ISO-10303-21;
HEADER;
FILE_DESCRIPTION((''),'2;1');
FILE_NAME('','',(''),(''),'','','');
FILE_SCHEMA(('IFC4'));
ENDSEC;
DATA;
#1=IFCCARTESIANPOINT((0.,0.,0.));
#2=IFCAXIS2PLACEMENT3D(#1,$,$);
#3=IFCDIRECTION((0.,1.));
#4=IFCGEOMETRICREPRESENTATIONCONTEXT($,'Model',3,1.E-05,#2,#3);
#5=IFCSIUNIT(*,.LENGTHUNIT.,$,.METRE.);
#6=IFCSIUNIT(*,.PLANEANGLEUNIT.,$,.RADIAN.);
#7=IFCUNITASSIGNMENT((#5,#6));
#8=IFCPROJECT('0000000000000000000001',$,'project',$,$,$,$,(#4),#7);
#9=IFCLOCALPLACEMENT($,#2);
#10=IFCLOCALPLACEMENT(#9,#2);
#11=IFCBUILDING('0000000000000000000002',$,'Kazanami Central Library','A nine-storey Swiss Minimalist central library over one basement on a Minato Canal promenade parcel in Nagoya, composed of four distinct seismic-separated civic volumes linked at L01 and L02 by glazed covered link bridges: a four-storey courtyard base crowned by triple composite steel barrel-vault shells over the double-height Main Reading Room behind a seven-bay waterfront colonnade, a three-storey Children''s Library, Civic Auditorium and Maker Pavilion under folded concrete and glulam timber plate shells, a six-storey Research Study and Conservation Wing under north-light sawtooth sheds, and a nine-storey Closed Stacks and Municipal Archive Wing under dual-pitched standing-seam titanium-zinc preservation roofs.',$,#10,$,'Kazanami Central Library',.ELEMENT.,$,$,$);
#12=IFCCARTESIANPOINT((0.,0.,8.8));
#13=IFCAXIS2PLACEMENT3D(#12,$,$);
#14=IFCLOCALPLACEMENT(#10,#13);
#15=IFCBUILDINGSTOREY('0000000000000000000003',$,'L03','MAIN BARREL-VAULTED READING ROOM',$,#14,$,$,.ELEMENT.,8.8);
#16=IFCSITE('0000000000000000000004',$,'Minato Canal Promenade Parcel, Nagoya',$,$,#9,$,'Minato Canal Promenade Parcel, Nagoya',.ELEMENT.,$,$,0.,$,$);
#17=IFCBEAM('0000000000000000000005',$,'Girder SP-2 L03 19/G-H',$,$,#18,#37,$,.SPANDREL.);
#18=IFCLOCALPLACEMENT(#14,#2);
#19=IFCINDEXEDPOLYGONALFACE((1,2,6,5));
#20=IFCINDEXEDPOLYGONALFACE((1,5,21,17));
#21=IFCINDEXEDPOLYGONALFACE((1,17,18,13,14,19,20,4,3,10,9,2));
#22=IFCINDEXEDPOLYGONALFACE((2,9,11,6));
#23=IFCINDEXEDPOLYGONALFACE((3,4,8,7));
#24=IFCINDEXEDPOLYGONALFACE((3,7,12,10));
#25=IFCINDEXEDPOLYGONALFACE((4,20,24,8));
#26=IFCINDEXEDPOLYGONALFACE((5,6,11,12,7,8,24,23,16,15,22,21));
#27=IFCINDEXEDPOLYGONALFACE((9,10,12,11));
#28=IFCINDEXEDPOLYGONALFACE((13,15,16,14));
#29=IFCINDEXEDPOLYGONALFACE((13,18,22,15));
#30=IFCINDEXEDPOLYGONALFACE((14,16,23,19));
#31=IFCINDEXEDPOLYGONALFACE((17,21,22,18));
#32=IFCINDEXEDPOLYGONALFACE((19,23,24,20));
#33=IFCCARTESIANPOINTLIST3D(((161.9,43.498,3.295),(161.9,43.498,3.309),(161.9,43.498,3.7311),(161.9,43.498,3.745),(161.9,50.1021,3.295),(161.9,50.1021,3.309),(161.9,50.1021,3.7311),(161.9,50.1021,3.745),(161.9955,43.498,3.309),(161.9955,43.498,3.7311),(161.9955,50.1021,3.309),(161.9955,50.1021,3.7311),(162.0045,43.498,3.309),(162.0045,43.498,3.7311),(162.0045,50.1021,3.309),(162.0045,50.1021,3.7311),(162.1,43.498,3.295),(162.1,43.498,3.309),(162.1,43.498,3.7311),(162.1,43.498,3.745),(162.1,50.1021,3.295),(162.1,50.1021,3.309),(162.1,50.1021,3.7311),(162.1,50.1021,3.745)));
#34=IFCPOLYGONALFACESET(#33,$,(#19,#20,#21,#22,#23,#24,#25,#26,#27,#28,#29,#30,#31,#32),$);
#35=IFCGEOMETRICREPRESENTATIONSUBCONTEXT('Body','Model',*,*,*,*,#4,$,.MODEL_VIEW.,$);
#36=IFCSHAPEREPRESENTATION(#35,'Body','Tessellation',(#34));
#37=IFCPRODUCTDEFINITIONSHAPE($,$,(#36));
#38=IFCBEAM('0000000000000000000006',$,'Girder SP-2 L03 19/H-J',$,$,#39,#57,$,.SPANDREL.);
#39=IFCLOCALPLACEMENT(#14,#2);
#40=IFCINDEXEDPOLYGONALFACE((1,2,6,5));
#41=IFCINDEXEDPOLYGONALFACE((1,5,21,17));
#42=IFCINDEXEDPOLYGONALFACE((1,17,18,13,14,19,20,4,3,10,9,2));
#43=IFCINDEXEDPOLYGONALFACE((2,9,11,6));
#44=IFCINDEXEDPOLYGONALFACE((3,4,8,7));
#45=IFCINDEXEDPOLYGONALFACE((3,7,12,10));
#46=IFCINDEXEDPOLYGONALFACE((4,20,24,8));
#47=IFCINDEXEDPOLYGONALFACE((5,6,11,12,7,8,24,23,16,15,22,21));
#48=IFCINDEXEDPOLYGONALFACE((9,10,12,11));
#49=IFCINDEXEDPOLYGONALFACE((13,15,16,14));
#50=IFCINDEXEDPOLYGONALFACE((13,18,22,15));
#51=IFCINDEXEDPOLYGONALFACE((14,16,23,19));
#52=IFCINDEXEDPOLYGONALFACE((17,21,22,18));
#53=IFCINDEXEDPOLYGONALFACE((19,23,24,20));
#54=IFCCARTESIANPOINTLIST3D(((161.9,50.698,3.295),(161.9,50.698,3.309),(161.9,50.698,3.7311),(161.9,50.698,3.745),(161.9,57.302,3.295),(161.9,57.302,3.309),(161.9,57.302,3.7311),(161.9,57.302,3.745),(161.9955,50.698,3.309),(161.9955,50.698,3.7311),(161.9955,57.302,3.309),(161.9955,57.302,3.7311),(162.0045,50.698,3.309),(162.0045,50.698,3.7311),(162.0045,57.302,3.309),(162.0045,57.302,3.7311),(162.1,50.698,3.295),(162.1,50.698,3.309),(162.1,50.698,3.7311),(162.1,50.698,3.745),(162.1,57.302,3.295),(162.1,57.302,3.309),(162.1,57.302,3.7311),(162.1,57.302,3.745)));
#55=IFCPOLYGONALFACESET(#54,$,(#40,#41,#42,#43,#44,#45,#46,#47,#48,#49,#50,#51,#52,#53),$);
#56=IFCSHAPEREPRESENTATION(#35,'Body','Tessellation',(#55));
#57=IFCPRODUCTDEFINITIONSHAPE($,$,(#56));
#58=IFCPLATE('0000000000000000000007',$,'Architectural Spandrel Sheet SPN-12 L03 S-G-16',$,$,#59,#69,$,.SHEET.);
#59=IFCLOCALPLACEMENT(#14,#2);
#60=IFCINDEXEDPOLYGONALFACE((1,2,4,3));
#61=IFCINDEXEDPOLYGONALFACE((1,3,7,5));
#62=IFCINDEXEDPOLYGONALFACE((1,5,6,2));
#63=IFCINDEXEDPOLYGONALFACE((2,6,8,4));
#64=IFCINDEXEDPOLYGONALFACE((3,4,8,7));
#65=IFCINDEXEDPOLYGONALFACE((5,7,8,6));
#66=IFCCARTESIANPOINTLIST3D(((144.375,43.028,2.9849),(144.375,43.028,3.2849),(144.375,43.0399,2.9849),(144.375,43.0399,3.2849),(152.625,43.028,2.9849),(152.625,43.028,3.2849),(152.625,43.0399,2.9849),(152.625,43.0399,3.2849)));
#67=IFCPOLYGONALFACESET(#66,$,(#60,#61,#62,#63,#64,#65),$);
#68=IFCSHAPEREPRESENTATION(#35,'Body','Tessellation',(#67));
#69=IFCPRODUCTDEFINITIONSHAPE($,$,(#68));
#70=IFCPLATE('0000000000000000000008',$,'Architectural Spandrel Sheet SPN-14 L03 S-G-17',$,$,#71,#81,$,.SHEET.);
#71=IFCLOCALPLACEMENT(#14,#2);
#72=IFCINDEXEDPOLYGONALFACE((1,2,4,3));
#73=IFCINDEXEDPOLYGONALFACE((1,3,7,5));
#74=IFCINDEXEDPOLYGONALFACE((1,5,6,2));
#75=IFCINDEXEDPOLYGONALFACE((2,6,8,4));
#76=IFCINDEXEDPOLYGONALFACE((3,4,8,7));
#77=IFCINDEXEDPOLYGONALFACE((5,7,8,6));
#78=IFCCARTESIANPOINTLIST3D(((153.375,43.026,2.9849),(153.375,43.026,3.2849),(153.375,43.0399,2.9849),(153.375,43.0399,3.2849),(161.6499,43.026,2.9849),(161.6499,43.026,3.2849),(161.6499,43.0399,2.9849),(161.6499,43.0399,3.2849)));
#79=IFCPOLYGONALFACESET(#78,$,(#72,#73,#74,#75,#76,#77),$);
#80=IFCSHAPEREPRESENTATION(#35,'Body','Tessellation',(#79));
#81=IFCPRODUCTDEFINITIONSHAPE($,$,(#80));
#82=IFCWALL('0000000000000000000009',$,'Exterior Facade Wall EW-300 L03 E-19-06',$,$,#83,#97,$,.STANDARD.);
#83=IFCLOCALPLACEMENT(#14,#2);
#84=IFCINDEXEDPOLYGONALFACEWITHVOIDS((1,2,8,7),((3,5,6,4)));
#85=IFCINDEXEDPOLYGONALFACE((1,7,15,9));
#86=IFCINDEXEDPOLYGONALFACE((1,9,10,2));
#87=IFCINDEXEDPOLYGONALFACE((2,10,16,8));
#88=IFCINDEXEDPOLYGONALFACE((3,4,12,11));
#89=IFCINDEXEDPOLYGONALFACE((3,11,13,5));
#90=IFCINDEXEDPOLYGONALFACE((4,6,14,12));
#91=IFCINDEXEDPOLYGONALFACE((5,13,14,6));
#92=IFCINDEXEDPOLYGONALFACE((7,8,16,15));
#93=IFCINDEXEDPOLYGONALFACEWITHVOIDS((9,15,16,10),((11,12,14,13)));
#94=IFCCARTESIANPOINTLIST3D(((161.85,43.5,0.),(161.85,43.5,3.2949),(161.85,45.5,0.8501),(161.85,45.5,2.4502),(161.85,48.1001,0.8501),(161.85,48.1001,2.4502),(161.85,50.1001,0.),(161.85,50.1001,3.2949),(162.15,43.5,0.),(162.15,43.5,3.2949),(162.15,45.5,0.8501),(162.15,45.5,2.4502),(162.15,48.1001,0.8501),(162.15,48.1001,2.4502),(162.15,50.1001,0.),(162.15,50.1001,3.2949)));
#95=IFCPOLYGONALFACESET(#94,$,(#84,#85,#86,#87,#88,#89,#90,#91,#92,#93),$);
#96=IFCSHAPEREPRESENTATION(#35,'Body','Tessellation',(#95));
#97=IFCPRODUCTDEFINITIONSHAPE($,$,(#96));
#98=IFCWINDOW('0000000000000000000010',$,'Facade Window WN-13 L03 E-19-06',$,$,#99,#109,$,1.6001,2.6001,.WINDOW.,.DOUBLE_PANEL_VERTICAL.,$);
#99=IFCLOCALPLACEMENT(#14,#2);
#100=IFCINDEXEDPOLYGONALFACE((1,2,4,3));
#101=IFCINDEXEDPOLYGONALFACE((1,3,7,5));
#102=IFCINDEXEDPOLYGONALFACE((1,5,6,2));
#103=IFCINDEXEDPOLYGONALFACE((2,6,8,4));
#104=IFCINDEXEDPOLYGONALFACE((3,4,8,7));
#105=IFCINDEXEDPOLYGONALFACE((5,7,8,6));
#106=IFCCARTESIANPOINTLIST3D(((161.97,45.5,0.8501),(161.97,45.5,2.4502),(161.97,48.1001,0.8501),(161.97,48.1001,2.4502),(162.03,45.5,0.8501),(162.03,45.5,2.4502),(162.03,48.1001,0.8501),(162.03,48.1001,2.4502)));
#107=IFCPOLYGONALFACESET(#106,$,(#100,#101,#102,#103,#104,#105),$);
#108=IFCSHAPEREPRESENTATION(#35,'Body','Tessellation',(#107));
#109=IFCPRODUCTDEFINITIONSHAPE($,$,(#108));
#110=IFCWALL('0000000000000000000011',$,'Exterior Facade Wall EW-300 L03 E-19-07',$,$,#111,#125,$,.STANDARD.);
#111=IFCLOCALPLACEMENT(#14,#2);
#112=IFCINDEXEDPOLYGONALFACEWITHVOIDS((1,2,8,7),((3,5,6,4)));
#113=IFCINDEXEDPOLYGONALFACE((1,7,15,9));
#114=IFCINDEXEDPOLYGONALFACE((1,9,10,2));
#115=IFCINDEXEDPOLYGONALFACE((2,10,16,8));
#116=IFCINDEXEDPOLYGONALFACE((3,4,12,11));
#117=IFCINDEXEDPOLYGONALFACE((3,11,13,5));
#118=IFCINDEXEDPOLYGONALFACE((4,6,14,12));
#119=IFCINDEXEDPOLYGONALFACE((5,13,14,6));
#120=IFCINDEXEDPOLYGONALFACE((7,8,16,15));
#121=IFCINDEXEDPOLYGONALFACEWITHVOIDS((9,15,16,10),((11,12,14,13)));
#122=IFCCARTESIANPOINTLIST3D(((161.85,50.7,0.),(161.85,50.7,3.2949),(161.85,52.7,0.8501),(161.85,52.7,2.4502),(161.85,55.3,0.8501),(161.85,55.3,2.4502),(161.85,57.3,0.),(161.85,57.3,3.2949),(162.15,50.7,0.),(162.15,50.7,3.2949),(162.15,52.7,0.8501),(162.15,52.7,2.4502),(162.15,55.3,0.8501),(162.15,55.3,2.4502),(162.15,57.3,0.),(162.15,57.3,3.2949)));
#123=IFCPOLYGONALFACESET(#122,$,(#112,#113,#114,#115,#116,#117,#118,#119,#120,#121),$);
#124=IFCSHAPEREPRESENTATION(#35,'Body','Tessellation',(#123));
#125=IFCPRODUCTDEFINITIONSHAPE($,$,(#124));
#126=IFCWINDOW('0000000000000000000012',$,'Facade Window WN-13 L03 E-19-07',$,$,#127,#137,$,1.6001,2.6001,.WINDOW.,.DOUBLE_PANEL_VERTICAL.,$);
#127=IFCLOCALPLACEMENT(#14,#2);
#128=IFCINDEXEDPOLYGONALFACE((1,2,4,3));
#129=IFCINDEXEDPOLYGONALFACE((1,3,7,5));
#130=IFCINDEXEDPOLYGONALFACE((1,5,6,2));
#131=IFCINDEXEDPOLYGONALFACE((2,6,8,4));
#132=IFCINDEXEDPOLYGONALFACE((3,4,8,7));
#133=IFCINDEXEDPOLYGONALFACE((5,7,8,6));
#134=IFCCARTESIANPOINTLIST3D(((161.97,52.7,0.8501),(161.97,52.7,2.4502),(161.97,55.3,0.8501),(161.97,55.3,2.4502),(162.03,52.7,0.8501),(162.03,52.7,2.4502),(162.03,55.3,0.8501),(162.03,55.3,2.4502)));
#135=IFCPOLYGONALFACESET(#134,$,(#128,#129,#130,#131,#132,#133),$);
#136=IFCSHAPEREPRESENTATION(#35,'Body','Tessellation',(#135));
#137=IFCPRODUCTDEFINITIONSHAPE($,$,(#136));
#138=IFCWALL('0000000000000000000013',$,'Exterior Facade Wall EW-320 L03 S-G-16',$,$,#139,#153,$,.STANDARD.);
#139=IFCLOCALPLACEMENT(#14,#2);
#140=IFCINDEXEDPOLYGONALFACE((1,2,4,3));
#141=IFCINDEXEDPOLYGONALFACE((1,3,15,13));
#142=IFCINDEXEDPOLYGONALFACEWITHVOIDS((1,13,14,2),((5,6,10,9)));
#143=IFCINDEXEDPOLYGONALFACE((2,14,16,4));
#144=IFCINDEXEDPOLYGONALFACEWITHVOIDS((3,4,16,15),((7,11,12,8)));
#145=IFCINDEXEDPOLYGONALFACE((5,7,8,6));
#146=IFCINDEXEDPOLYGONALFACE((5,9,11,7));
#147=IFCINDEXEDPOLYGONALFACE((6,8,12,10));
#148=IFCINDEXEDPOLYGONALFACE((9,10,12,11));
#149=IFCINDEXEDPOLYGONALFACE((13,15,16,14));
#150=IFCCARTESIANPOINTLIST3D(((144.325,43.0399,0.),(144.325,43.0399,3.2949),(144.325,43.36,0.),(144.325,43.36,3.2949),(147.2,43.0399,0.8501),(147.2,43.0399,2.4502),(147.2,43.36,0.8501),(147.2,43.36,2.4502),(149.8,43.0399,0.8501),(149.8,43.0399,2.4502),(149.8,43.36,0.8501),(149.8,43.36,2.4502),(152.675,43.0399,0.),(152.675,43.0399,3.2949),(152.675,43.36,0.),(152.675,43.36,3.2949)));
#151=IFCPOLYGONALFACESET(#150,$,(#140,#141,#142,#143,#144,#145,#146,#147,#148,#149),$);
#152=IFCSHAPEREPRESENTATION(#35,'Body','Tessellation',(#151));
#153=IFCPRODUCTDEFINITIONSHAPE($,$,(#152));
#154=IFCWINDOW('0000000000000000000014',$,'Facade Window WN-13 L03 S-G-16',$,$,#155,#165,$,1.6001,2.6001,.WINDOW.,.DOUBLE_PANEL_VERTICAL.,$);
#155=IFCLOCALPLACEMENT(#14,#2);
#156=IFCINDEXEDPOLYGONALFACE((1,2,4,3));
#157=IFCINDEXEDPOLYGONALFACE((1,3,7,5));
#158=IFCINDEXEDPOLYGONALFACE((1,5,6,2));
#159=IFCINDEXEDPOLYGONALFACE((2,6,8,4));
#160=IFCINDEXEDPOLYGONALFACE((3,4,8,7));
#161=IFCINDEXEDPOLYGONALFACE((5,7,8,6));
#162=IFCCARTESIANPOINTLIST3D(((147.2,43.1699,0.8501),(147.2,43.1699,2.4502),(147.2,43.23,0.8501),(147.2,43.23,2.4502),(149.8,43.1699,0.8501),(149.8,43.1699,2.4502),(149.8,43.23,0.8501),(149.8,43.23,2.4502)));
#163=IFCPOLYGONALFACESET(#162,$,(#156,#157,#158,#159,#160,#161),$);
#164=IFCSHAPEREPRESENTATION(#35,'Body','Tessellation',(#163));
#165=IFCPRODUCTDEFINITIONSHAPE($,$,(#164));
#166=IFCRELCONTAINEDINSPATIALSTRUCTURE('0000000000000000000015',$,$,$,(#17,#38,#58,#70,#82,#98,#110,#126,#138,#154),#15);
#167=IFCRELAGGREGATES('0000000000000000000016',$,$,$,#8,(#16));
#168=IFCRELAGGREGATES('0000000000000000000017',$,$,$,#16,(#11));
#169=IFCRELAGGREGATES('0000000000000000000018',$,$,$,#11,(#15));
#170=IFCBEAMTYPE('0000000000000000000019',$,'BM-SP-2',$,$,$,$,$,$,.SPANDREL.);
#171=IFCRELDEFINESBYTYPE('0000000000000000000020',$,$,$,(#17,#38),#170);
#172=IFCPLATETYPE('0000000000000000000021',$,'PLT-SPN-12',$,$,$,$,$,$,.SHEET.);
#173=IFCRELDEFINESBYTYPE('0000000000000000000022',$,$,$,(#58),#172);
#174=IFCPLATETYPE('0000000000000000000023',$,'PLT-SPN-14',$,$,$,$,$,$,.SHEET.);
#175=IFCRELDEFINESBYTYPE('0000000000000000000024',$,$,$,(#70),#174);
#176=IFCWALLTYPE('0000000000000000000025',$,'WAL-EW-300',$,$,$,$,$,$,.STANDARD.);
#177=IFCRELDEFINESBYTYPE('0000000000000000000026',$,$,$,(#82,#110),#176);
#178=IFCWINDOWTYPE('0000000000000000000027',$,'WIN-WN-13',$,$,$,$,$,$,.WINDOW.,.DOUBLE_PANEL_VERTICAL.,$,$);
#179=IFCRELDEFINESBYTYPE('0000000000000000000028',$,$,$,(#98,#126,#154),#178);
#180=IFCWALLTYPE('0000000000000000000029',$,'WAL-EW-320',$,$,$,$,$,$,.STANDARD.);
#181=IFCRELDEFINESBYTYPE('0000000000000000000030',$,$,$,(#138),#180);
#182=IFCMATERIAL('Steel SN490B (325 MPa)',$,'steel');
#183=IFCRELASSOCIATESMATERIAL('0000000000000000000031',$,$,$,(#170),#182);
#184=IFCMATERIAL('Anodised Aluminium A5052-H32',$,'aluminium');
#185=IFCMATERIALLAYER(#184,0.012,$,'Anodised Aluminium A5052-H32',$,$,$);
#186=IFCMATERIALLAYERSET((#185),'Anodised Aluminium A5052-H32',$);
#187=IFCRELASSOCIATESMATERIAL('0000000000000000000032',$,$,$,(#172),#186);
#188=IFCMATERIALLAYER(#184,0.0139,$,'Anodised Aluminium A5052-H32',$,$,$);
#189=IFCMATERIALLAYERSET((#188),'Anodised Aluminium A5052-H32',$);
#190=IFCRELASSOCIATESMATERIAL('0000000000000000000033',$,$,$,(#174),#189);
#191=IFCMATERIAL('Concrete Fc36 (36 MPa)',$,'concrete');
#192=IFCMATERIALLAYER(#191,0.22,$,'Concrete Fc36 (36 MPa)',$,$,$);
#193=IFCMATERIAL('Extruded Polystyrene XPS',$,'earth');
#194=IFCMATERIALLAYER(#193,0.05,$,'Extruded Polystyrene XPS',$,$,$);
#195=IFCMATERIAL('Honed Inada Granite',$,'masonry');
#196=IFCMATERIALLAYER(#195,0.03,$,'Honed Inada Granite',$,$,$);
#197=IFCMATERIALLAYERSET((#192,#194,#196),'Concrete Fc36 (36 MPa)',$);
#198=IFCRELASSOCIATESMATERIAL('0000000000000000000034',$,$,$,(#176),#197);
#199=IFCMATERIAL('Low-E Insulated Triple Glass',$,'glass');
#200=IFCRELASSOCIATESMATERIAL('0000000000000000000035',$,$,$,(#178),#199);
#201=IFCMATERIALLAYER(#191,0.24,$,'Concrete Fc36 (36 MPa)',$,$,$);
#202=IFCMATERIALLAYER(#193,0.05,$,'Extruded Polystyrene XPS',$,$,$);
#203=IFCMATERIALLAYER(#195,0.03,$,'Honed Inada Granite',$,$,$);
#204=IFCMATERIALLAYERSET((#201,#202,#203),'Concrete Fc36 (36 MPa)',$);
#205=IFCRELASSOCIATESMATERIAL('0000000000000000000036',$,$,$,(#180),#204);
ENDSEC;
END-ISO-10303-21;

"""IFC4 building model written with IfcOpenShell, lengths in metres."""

from ifc_helpers import new_model, si_unit, direction, frame, frame_2d, origin, origin_2d, place, context, subcontext, project, spatial, rectangle, i_section, extrude, material, layer, layer_set, material_profile, profile_set, type_object, element, fill, save


model = new_model("IFC4")

# Units and contexts
model_context = context("Model", 3, precision=1e-05, world=origin(), true_north=direction((0.0, 1.0)))
body_context = subcontext(model_context, "Body", "Model", "MODEL_VIEW")
ifc_project = project(units=[si_unit("LENGTHUNIT", "METRE"), si_unit("PLANEANGLEUNIT", "RADIAN")], contexts=[model_context])

# Site, building, storey
site_placement = place(None, origin())
site = spatial("IfcSite", under=ifc_project, at=site_placement, Name="Minato Canal Promenade Parcel, Nagoya", LongName="Minato Canal Promenade Parcel, Nagoya", CompositionType="ELEMENT", RefElevation=0.0)
building_placement = place(site_placement, origin())
building = spatial("IfcBuilding", under=site, at=building_placement, Name="Kazanami Central Library", Description="A nine-storey Swiss Minimalist central library over one basement on a Minato Canal promenade parcel in Nagoya, composed of four distinct seismic-separated civic volumes linked at L01 and L02 by glazed covered link bridges: a four-storey courtyard base crowned by triple composite steel barrel-vault shells over the double-height Main Reading Room behind a seven-bay waterfront colonnade, a three-storey Children's Library, Civic Auditorium and Maker Pavilion under folded concrete and glulam timber plate shells, a six-storey Research Study and Conservation Wing under north-light sawtooth sheds, and a nine-storey Closed Stacks and Municipal Archive Wing under dual-pitched standing-seam titanium-zinc preservation roofs.", LongName="Kazanami Central Library", CompositionType="ELEMENT")
storey_placement = place(building_placement, frame((0.0, 0.0, 8.8)))
storey = spatial("IfcBuildingStorey", under=building, at=storey_placement, Name="L03", Description="MAIN BARREL-VAULTED READING ROOM", CompositionType="ELEMENT", Elevation=8.8)

# Beams
ifc_material_1 = material(Name="Steel SN490B (325 MPa)", Category="steel")
ifc_material_profile_1 = material_profile(ifc_material_1, i_section(OverallWidth=0.2, OverallDepth=0.45, WebThickness=0.009, FlangeThickness=0.0139, at=origin_2d()), Name="H-450x200x9x14")
ifc_profile_set_1 = profile_set([ifc_material_profile_1], Name="Steel SN490B (325 MPa)")
beam_type_1 = type_object("IfcBeamType", Name="BM-SP-2", PredefinedType="SPANDREL", material=ifc_profile_set_1)
for number, where, z_axis, x_axis, name in (
    (1, (162.0, 43.498, 3.52), (0.0, 1.0, 0.0), (-1.0, 0.0, 0.0), "Girder SP-2 L03 19/G-H"),
    (2, (162.0, 50.698, 3.52), (0.0, 1.0, 0.0), (-1.0, 0.0, 0.0), "Girder SP-2 L03 19/H-J"),
):
    element("IfcBeam", number, at=place(storey_placement, frame(where, z_axis=z_axis, x_axis=x_axis)), inside=storey, type_object=beam_type_1, Name=name, PredefinedType="SPANDREL", context=body_context, shape_type="SweptSolid", body=[
        extrude(i_section(OverallWidth=0.2, OverallDepth=0.45, WebThickness=0.009, FlangeThickness=0.0139, at=origin_2d()), origin(), (0.0, 0.0, 1.0), 6.604),
    ])

# Plates
ifc_material_2 = material(Name="Anodised Aluminium A5052-H32", Category="aluminium")
ifc_layer_1 = layer(ifc_material_2, 0.012, Name="Anodised Aluminium A5052-H32")
ifc_layer_set_1 = layer_set([ifc_layer_1], Name="Anodised Aluminium A5052-H32")
plate_type_1 = type_object("IfcPlateType", Name="PLT-SPN-12", PredefinedType="SHEET", material=ifc_layer_set_1)
plate_1_placement = place(storey_placement, frame((148.5, 43.0339, 2.9849), z_axis=(0.0, 0.0, 1.0), x_axis=(1.0, 0.0, 0.0)))
element("IfcPlate", 3, at=plate_1_placement, inside=storey, type_object=plate_type_1, Name="Architectural Spandrel Sheet SPN-12 L03 S-G-16", PredefinedType="SHEET", context=body_context, shape_type="SweptSolid", body=[
    extrude(rectangle(XDim=8.25, YDim=0.012, at=origin_2d()), origin(), (0.0, 0.0, 1.0), 0.3),
])
ifc_layer_2 = layer(ifc_material_2, 0.0139, Name="Anodised Aluminium A5052-H32")
ifc_layer_set_2 = layer_set([ifc_layer_2], Name="Anodised Aluminium A5052-H32")
plate_type_2 = type_object("IfcPlateType", Name="PLT-SPN-14", PredefinedType="SHEET", material=ifc_layer_set_2)
plate_2_placement = place(storey_placement, frame((157.5125, 43.033, 2.9849), z_axis=(0.0, 0.0, 1.0), x_axis=(1.0, 0.0, 0.0)))
element("IfcPlate", 4, at=plate_2_placement, inside=storey, type_object=plate_type_2, Name="Architectural Spandrel Sheet SPN-14 L03 S-G-17", PredefinedType="SHEET", context=body_context, shape_type="SweptSolid", body=[
    extrude(rectangle(XDim=8.2749, YDim=0.0139, at=origin_2d()), origin(), (0.0, 0.0, 1.0), 0.3),
])

# Walls, openings, windows
ifc_material_3 = material(Name="Concrete Fc36 (36 MPa)", Category="concrete")
ifc_layer_3 = layer(ifc_material_3, 0.22, Name="Concrete Fc36 (36 MPa)")
ifc_material_4 = material(Name="Extruded Polystyrene XPS", Category="earth")
ifc_layer_4 = layer(ifc_material_4, 0.05, Name="Extruded Polystyrene XPS")
ifc_material_5 = material(Name="Honed Inada Granite", Category="masonry")
ifc_layer_5 = layer(ifc_material_5, 0.03, Name="Honed Inada Granite")
ifc_layer_set_3 = layer_set([ifc_layer_3, ifc_layer_4, ifc_layer_5], Name="Concrete Fc36 (36 MPa)")
wall_type_1 = type_object("IfcWallType", Name="WAL-EW-300", PredefinedType="STANDARD", material=ifc_layer_set_3)
wall_1_placement = place(storey_placement, frame((162.0, 50.1001, 0.0), z_axis=(0.0, 0.0, 1.0), x_axis=(0.0, -1.0, 0.0)))
wall_1 = element("IfcWall", 5, at=wall_1_placement, inside=storey, type_object=wall_type_1, Name="Exterior Facade Wall EW-300 L03 E-19-06", PredefinedType="STANDARD", context=body_context, shape_type="SweptSolid", body=[
    extrude(rectangle(XDim=6.6001, YDim=0.3, at=frame_2d((3.3, 0.0))), origin(), (0.0, 0.0, 1.0), 3.2949),
])
opening_1_placement = place(wall_1_placement, frame((2.0, 0.0, 0.8501)))
opening_1 = element("IfcOpeningElement", 6, at=opening_1_placement, cuts=wall_1, PredefinedType="OPENING", context=body_context, shape_type="SweptSolid", body=[
    extrude(rectangle(XDim=2.6001, YDim=1.6001, at=frame_2d((1.3, 0.8))), frame((0.0, 0.1621, 0.0), z_axis=(0.0, -1.0, 0.0), x_axis=(1.0, 0.0, 0.0)), (0.0, 0.0, 1.0), 0.324),
])
ifc_material_6 = material(Name="Low-E Insulated Triple Glass", Category="glass")
window_type = type_object("IfcWindowType", Name="WIN-WN-13", PartitioningType="DOUBLE_PANEL_VERTICAL", PredefinedType="WINDOW", material=ifc_material_6)
window_1_placement = place(opening_1_placement, origin())
window_1 = element("IfcWindow", 7, at=window_1_placement, inside=storey, type_object=window_type, Name="Facade Window WN-13 L03 E-19-06", OverallHeight=1.6001, OverallWidth=2.6001, PartitioningType="DOUBLE_PANEL_VERTICAL", PredefinedType="WINDOW", context=body_context, shape_type="SweptSolid", body=[
    extrude(rectangle(XDim=2.6001, YDim=1.6001, at=frame_2d((1.3, 0.8))), frame((0.0, 0.03, 0.0), z_axis=(0.0, -1.0, 0.0), x_axis=(1.0, 0.0, 0.0)), (0.0, 0.0, 1.0), 0.0601),
])
fill(opening_1, window_1)
wall_2_placement = place(storey_placement, frame((162.0, 57.3, 0.0), z_axis=(0.0, 0.0, 1.0), x_axis=(0.0, -1.0, 0.0)))
wall_2 = element("IfcWall", 8, at=wall_2_placement, inside=storey, type_object=wall_type_1, Name="Exterior Facade Wall EW-300 L03 E-19-07", PredefinedType="STANDARD", context=body_context, shape_type="SweptSolid", body=[
    extrude(rectangle(XDim=6.6001, YDim=0.3, at=frame_2d((3.3, 0.0))), origin(), (0.0, 0.0, 1.0), 3.2949),
])
opening_2_placement = place(wall_2_placement, frame((2.0, 0.0, 0.8501)))
opening_2 = element("IfcOpeningElement", 9, at=opening_2_placement, cuts=wall_2, PredefinedType="OPENING", context=body_context, shape_type="SweptSolid", body=[
    extrude(rectangle(XDim=2.6001, YDim=1.6001, at=frame_2d((1.3, 0.8))), frame((0.0, 0.1621, 0.0), z_axis=(0.0, -1.0, 0.0), x_axis=(1.0, 0.0, 0.0)), (0.0, 0.0, 1.0), 0.324),
])
window_2_placement = place(opening_2_placement, origin())
window_2 = element("IfcWindow", 10, at=window_2_placement, inside=storey, type_object=window_type, Name="Facade Window WN-13 L03 E-19-07", OverallHeight=1.6001, OverallWidth=2.6001, PartitioningType="DOUBLE_PANEL_VERTICAL", PredefinedType="WINDOW", context=body_context, shape_type="SweptSolid", body=[
    extrude(rectangle(XDim=2.6001, YDim=1.6001, at=frame_2d((1.3, 0.8))), frame((0.0, 0.03, 0.0), z_axis=(0.0, -1.0, 0.0), x_axis=(1.0, 0.0, 0.0)), (0.0, 0.0, 1.0), 0.0601),
])
fill(opening_2, window_2)
ifc_layer_6 = layer(ifc_material_3, 0.24, Name="Concrete Fc36 (36 MPa)")
ifc_layer_7 = layer(ifc_material_4, 0.05, Name="Extruded Polystyrene XPS")
ifc_layer_8 = layer(ifc_material_5, 0.03, Name="Honed Inada Granite")
ifc_layer_set_4 = layer_set([ifc_layer_6, ifc_layer_7, ifc_layer_8], Name="Concrete Fc36 (36 MPa)")
wall_type_2 = type_object("IfcWallType", Name="WAL-EW-320", PredefinedType="STANDARD", material=ifc_layer_set_4)
wall_3_placement = place(storey_placement, frame((144.325, 43.2, 0.0), z_axis=(0.0, 0.0, 1.0), x_axis=(1.0, 0.0, 0.0)))
wall_3 = element("IfcWall", 11, at=wall_3_placement, inside=storey, type_object=wall_type_2, Name="Exterior Facade Wall EW-320 L03 S-G-16", PredefinedType="STANDARD", context=body_context, shape_type="SweptSolid", body=[
    extrude(rectangle(XDim=8.3501, YDim=0.3201, at=frame_2d((4.175, 0.0))), origin(), (0.0, 0.0, 1.0), 3.2949),
])
opening_3_placement = place(wall_3_placement, frame((2.875, 0.0, 0.8501)))
opening_3 = element("IfcOpeningElement", 12, at=opening_3_placement, cuts=wall_3, PredefinedType="OPENING", context=body_context, shape_type="SweptSolid", body=[
    extrude(rectangle(XDim=2.6001, YDim=1.6001, at=frame_2d((1.3, 0.8))), frame((0.0, 0.1719, 0.0), z_axis=(0.0, -1.0, 0.0), x_axis=(1.0, 0.0, 0.0)), (0.0, 0.0, 1.0), 0.344),
])
window_3_placement = place(opening_3_placement, origin())
window_3 = element("IfcWindow", 13, at=window_3_placement, inside=storey, type_object=window_type, Name="Facade Window WN-13 L03 S-G-16", OverallHeight=1.6001, OverallWidth=2.6001, PartitioningType="DOUBLE_PANEL_VERTICAL", PredefinedType="WINDOW", context=body_context, shape_type="SweptSolid", body=[
    extrude(rectangle(XDim=2.6001, YDim=1.6001, at=frame_2d((1.3, 0.8))), frame((0.0, 0.03, 0.0), z_axis=(0.0, -1.0, 0.0), x_axis=(1.0, 0.0, 0.0)), (0.0, 0.0, 1.0), 0.0601),
])
fill(opening_3, window_3)

save(model, "model.ifc")
